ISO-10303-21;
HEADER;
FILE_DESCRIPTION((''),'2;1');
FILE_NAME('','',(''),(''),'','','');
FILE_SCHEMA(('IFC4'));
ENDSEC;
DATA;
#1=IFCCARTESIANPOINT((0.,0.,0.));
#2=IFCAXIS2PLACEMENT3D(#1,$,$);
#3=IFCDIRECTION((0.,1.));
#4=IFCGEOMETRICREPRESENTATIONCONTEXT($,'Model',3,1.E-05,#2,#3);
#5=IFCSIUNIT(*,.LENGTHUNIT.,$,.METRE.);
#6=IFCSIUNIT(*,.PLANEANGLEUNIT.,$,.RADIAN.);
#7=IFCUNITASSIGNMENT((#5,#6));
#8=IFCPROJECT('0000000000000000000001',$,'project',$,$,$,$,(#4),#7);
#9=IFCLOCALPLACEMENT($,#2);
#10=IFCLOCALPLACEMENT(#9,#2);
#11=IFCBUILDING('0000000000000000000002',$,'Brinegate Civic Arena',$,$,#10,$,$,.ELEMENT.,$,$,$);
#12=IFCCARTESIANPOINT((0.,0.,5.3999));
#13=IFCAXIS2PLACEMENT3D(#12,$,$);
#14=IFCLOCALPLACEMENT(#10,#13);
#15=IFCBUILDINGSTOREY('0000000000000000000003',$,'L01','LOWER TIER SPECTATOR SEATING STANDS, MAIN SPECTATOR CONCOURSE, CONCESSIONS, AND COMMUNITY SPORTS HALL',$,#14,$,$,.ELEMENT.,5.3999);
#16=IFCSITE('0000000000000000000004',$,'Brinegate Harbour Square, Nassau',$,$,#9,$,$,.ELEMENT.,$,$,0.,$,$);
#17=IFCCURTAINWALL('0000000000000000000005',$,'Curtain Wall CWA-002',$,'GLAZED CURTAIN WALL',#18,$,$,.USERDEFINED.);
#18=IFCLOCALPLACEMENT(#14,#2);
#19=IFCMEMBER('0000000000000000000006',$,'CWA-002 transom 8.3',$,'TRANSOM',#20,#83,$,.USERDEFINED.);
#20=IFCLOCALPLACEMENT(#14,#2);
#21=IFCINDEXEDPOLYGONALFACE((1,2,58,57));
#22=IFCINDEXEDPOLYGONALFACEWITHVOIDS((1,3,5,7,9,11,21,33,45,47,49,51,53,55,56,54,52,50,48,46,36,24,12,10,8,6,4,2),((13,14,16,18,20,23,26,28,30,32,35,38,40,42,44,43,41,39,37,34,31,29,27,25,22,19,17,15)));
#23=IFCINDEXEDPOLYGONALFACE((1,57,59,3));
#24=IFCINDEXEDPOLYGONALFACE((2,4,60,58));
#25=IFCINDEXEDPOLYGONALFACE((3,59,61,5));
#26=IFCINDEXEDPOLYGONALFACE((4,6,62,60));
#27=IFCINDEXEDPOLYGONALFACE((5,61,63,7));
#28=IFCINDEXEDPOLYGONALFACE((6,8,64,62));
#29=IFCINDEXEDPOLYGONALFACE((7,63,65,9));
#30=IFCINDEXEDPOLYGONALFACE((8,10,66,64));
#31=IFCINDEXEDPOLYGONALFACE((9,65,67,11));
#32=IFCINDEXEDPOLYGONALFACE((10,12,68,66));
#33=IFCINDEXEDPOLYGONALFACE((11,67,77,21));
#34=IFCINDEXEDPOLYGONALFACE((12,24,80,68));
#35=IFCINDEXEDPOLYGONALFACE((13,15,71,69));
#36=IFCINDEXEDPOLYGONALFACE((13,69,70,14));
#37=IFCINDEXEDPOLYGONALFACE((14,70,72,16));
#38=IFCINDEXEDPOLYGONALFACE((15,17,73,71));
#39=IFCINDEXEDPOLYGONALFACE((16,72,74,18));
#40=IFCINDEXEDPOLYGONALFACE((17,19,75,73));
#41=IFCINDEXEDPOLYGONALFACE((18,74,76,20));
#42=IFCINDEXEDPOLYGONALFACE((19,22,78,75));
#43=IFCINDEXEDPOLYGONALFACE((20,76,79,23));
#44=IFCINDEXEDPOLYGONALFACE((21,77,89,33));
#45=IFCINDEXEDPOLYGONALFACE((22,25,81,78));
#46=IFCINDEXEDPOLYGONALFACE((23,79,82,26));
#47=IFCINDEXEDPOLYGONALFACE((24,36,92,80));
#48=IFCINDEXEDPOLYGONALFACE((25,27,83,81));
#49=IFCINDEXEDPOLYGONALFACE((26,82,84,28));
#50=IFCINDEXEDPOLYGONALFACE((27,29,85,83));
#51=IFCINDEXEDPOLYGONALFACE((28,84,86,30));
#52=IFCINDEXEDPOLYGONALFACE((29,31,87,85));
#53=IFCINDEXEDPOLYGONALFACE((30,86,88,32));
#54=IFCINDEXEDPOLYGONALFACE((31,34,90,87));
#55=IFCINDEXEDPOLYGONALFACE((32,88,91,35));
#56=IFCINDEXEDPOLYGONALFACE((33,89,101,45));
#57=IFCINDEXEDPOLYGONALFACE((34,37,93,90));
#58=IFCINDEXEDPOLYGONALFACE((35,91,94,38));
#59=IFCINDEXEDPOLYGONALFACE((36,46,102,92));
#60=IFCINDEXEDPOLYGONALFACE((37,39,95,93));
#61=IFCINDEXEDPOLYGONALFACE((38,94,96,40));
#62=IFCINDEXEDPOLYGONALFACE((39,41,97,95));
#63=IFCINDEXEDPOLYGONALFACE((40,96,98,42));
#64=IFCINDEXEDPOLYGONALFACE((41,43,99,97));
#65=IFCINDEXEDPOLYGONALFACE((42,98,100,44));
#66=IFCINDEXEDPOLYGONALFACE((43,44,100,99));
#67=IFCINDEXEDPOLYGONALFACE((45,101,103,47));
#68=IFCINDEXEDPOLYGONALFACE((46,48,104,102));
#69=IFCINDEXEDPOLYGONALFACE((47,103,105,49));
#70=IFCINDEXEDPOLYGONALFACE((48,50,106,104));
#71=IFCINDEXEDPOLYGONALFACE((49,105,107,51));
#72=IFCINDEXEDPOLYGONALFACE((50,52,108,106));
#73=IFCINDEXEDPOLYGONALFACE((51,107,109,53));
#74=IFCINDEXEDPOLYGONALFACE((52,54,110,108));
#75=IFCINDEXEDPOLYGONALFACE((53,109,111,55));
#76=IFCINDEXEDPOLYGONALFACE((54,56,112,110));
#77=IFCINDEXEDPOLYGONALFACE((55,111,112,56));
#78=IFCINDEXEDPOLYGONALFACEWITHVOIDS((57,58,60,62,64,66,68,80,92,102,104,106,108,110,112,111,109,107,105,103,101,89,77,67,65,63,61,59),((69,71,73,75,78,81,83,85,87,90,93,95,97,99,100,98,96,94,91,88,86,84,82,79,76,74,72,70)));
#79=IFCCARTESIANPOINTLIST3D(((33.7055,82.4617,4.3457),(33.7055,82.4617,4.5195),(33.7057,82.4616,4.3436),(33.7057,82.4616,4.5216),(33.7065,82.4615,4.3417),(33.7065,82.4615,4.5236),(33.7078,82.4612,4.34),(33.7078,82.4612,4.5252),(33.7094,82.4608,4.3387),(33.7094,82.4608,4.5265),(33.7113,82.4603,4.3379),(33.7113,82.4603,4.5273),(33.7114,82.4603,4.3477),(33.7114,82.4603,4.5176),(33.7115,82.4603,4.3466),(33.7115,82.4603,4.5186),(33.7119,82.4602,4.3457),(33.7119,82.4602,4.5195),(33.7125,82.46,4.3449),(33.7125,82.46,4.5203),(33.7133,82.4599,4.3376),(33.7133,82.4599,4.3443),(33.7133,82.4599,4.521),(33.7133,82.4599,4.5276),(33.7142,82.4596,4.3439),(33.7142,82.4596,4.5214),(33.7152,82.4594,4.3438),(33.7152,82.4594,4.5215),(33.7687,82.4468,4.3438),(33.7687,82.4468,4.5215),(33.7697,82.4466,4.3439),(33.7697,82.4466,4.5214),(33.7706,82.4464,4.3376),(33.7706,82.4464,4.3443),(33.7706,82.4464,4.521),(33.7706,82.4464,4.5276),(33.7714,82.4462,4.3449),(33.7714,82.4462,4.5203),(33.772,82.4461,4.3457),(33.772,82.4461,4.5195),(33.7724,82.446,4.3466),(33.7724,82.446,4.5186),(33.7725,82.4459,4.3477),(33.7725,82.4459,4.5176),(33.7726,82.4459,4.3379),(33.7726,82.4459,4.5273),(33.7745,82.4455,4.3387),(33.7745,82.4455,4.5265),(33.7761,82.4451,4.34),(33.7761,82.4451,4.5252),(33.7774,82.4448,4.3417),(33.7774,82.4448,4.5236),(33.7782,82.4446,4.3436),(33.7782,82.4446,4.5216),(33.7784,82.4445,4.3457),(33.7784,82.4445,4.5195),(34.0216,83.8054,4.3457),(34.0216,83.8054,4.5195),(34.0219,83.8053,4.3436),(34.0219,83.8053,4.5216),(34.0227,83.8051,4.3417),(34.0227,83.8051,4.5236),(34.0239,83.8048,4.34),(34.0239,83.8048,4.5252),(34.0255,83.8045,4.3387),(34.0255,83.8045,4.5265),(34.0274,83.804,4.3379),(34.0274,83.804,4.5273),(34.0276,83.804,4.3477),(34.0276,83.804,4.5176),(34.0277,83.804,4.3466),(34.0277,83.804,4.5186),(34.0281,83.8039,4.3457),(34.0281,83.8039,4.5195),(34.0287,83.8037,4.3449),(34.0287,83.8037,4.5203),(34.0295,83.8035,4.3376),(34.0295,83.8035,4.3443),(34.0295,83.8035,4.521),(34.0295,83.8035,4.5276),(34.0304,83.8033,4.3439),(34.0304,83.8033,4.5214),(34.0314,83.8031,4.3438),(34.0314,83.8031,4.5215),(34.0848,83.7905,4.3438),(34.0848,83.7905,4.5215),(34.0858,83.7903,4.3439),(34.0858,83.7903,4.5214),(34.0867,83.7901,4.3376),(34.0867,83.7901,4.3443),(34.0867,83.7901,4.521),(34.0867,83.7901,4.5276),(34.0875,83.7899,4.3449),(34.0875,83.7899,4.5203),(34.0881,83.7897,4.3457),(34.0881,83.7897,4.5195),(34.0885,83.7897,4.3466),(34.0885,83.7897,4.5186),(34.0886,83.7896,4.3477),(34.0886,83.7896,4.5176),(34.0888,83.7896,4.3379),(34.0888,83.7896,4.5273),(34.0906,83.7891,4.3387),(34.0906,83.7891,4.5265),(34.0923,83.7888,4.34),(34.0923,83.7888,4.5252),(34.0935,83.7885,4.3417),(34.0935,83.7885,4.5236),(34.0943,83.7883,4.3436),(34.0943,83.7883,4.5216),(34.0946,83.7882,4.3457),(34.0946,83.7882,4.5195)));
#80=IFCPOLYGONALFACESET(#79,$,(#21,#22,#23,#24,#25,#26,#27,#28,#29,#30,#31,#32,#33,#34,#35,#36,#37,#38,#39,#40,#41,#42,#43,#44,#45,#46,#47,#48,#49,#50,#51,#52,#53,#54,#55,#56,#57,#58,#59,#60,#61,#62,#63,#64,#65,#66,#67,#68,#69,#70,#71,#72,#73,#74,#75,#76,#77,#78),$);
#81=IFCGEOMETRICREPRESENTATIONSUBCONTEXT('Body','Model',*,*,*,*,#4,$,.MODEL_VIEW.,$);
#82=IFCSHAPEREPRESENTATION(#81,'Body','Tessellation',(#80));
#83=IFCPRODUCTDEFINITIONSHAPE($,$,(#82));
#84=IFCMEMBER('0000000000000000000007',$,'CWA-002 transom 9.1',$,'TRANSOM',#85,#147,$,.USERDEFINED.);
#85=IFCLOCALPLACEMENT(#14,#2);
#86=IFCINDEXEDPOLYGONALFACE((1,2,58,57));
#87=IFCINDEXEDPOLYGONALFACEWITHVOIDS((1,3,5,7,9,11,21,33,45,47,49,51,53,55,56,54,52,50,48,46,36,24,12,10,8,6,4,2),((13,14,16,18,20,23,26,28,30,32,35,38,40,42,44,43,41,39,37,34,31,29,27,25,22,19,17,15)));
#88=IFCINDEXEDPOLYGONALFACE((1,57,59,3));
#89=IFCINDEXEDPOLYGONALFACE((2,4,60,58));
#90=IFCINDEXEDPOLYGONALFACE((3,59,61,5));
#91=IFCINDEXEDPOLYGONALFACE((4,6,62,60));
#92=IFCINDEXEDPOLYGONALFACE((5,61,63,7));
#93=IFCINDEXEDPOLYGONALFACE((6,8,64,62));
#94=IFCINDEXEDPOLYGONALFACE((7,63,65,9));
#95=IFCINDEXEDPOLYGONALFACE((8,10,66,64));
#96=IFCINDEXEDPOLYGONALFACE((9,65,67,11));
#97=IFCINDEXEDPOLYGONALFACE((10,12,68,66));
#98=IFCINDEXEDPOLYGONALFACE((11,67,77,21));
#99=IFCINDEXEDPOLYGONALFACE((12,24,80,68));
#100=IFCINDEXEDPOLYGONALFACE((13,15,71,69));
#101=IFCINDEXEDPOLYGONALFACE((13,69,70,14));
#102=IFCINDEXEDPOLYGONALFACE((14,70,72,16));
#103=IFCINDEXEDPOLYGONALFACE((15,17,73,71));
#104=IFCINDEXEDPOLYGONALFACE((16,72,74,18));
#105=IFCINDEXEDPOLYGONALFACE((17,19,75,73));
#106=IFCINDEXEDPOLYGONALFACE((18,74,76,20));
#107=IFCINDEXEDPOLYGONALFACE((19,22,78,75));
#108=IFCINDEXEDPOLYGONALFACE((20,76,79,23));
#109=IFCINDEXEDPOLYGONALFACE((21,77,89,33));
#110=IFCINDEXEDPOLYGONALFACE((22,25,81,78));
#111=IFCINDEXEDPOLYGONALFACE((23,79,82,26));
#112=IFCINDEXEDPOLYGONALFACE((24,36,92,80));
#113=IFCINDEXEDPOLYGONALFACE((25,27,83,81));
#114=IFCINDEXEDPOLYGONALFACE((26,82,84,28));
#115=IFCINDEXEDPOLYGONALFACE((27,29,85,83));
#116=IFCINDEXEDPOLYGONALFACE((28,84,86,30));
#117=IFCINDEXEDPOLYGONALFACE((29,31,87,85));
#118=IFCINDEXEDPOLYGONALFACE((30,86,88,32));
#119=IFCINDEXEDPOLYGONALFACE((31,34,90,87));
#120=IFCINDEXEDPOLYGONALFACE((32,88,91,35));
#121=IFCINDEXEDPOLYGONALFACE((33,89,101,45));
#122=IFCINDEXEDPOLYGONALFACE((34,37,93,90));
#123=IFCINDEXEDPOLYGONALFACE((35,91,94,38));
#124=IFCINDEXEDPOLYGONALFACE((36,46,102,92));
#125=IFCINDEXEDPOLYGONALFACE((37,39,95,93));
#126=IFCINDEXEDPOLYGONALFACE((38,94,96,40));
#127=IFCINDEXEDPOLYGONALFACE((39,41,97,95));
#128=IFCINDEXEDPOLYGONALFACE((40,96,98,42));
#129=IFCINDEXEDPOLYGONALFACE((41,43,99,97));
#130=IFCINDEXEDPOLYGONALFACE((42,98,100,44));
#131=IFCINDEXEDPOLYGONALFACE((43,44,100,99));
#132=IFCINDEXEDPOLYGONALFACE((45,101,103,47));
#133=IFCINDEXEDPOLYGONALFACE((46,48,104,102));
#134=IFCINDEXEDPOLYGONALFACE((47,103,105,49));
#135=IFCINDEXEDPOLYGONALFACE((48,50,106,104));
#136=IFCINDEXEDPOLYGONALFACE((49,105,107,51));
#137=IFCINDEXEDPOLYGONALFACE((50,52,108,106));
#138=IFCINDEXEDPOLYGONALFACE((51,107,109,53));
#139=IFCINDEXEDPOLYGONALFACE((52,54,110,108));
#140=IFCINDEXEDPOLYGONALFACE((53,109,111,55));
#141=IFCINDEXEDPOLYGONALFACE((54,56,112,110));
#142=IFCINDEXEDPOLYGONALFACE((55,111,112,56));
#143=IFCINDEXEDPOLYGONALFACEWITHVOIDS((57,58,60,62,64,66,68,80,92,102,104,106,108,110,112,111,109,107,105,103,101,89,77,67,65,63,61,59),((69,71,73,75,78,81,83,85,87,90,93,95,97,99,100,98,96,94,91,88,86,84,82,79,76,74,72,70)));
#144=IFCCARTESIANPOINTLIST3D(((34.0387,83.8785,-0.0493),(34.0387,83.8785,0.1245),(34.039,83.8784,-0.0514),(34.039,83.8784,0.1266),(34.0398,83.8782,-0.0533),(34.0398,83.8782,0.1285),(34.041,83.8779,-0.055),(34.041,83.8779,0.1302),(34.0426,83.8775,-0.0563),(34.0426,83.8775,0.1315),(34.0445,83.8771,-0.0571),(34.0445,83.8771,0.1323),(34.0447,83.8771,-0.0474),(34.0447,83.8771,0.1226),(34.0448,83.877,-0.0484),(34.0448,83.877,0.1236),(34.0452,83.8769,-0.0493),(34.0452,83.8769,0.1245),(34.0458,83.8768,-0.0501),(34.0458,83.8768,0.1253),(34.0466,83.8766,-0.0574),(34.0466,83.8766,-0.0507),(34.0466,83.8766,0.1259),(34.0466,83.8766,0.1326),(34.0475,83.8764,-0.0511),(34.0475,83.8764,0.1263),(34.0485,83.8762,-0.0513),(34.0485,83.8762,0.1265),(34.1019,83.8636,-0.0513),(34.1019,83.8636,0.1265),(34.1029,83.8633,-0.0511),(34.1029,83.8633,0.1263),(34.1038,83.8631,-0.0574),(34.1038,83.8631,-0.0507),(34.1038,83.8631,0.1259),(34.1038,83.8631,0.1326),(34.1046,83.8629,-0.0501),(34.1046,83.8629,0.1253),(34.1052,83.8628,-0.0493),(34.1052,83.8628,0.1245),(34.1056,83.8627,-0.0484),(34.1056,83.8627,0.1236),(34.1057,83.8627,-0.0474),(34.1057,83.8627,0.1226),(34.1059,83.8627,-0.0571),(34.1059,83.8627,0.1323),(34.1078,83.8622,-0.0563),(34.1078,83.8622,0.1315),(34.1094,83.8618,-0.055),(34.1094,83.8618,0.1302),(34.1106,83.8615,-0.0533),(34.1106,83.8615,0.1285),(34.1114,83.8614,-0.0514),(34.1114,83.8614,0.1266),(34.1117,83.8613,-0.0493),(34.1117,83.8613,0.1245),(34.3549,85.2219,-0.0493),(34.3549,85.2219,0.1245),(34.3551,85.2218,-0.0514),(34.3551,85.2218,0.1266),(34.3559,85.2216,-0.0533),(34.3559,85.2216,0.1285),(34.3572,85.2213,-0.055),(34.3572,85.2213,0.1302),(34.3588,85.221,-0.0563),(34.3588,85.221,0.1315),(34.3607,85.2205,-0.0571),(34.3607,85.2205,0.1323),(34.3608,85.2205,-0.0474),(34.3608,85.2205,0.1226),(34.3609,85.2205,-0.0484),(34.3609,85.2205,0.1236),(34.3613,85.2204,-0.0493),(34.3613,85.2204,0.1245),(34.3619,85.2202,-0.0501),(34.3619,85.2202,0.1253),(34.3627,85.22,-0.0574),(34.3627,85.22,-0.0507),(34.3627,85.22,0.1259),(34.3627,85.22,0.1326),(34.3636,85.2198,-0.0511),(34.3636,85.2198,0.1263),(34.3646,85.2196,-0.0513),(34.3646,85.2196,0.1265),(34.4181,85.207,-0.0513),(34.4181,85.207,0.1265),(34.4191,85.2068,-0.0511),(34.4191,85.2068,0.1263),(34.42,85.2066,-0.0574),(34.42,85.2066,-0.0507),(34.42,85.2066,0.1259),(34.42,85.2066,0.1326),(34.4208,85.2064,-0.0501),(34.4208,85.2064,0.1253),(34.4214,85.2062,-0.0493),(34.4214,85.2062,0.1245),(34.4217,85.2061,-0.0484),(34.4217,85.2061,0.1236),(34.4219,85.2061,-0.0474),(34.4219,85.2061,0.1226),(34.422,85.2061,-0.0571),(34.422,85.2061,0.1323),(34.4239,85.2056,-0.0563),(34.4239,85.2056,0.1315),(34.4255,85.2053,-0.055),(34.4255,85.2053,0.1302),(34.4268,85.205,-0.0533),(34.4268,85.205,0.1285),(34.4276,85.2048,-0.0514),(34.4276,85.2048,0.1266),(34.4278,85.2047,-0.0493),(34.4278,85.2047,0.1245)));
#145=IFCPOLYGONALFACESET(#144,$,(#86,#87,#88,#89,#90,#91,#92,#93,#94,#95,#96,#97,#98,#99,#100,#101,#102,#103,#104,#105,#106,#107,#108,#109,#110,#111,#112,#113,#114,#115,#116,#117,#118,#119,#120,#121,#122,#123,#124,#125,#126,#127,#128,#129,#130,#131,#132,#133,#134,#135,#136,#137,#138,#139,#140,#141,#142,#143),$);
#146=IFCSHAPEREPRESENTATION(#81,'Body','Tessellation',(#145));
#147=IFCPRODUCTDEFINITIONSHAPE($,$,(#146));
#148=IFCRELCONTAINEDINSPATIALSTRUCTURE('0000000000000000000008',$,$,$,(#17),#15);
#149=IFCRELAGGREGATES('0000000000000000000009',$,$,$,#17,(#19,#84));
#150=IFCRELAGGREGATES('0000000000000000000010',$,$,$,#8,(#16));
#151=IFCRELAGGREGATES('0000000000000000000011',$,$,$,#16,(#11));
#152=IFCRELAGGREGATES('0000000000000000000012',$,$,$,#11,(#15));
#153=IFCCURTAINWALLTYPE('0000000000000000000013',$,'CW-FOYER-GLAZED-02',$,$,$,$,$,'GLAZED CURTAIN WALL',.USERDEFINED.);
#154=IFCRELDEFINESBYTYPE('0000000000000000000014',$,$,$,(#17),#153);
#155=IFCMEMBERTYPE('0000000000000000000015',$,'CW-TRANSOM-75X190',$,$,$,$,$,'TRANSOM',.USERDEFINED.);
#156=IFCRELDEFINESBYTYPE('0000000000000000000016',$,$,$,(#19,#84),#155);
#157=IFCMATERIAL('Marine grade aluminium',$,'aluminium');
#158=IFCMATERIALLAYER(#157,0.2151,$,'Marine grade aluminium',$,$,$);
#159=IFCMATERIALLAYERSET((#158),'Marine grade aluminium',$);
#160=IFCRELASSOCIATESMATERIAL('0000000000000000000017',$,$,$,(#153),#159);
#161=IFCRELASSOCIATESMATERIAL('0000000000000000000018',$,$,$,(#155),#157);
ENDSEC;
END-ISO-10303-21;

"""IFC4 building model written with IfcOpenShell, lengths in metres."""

from ifc_helpers import new_model, si_unit, direction, frame, origin, origin_2d, place, context, subcontext, project, spatial, hollow_rectangle, extrude, material, layer, layer_set, material_profile, profile_set, type_object, element, aggregate, save


model = new_model("IFC4")

# Units and contexts
model_context = context("Model", 3, precision=1e-05, world=origin(), true_north=direction((0.0, 1.0)))
body_context = subcontext(model_context, "Body", "Model", "MODEL_VIEW")
ifc_project = project(units=[si_unit("LENGTHUNIT", "METRE"), si_unit("PLANEANGLEUNIT", "RADIAN")], contexts=[model_context])

# Site, building, storey
site_placement = place(None, origin())
site = spatial("IfcSite", under=ifc_project, at=site_placement, Name="Brinegate Harbour Square, Nassau", CompositionType="ELEMENT", RefElevation=0.0)
building_placement = place(site_placement, origin())
building = spatial("IfcBuilding", under=site, at=building_placement, Name="Brinegate Civic Arena", CompositionType="ELEMENT")
storey_placement = place(building_placement, frame((0.0, 0.0, 5.3999)))
storey = spatial("IfcBuildingStorey", under=building, at=storey_placement, Name="L01", Description="LOWER TIER SPECTATOR SEATING STANDS, MAIN SPECTATOR CONCOURSE, CONCESSIONS, AND COMMUNITY SPORTS HALL", CompositionType="ELEMENT", Elevation=5.3999)

# Curtain wall, members
ifc_material_1 = material(Name="Marine grade aluminium", Category="aluminium")
ifc_layer_1 = layer(ifc_material_1, 0.2151, Name="Marine grade aluminium")
ifc_layer_set_1 = layer_set([ifc_layer_1], Name="Marine grade aluminium")
curtain_wall_type = type_object("IfcCurtainWallType", Name="CW-FOYER-GLAZED-02", ElementType="GLAZED CURTAIN WALL", PredefinedType="USERDEFINED", material=ifc_layer_set_1)
curtain_wall_placement = place(storey_placement, origin())
curtain_wall = element("IfcCurtainWall", 1, at=curtain_wall_placement, inside=storey, type_object=curtain_wall_type, Name="Curtain Wall CWA-002", ObjectType="GLAZED CURTAIN WALL", PredefinedType="USERDEFINED")
ifc_material_profile_1 = material_profile(ifc_material_1, hollow_rectangle(XDim=0.075, YDim=0.1899, WallThickness=0.0061, InnerFilletRadius=0.0039, OuterFilletRadius=0.0081, at=origin_2d()), Name="TRN75X190")
ifc_profile_set_1 = profile_set([ifc_material_profile_1], Name="Marine grade aluminium")
member_type_1 = type_object("IfcMemberType", Name="CW-TRANSOM-75X190", ElementType="TRANSOM", PredefinedType="USERDEFINED", material=ifc_profile_set_1)
member_1_placement = place(storey_placement, frame((33.7419, 82.4531, 4.4326), z_axis=(0.229029, 0.973419, 0.0), x_axis=(-0.973419, 0.229029, 0.0)))
member_1 = element("IfcMember", 2, at=member_1_placement, type_object=member_type_1, Name="CWA-002 transom 8.3", ObjectType="TRANSOM", PredefinedType="USERDEFINED", context=body_context, shape_type="SweptSolid", body=[
    extrude(hollow_rectangle(XDim=0.075, YDim=0.1899, WallThickness=0.0061, InnerFilletRadius=0.0039, OuterFilletRadius=0.0081, at=origin_2d()), origin(), (0.0, 0.0, 1.0), 1.3804),
])
member_2_placement = place(storey_placement, frame((34.0752, 83.8699, 0.0376), z_axis=(0.229069, 0.97341, 0.0), x_axis=(-0.97341, 0.229069, 0.0)))
member_2 = element("IfcMember", 3, at=member_2_placement, type_object=member_type_1, Name="CWA-002 transom 9.1", ObjectType="TRANSOM", PredefinedType="USERDEFINED", context=body_context, shape_type="SweptSolid", body=[
    extrude(hollow_rectangle(XDim=0.075, YDim=0.1899, WallThickness=0.0061, InnerFilletRadius=0.0039, OuterFilletRadius=0.0081, at=origin_2d()), origin(), (0.0, 0.0, 1.0), 1.3801),
])

aggregate(curtain_wall, [member_1, member_2])

save(model, "model.ifc")
